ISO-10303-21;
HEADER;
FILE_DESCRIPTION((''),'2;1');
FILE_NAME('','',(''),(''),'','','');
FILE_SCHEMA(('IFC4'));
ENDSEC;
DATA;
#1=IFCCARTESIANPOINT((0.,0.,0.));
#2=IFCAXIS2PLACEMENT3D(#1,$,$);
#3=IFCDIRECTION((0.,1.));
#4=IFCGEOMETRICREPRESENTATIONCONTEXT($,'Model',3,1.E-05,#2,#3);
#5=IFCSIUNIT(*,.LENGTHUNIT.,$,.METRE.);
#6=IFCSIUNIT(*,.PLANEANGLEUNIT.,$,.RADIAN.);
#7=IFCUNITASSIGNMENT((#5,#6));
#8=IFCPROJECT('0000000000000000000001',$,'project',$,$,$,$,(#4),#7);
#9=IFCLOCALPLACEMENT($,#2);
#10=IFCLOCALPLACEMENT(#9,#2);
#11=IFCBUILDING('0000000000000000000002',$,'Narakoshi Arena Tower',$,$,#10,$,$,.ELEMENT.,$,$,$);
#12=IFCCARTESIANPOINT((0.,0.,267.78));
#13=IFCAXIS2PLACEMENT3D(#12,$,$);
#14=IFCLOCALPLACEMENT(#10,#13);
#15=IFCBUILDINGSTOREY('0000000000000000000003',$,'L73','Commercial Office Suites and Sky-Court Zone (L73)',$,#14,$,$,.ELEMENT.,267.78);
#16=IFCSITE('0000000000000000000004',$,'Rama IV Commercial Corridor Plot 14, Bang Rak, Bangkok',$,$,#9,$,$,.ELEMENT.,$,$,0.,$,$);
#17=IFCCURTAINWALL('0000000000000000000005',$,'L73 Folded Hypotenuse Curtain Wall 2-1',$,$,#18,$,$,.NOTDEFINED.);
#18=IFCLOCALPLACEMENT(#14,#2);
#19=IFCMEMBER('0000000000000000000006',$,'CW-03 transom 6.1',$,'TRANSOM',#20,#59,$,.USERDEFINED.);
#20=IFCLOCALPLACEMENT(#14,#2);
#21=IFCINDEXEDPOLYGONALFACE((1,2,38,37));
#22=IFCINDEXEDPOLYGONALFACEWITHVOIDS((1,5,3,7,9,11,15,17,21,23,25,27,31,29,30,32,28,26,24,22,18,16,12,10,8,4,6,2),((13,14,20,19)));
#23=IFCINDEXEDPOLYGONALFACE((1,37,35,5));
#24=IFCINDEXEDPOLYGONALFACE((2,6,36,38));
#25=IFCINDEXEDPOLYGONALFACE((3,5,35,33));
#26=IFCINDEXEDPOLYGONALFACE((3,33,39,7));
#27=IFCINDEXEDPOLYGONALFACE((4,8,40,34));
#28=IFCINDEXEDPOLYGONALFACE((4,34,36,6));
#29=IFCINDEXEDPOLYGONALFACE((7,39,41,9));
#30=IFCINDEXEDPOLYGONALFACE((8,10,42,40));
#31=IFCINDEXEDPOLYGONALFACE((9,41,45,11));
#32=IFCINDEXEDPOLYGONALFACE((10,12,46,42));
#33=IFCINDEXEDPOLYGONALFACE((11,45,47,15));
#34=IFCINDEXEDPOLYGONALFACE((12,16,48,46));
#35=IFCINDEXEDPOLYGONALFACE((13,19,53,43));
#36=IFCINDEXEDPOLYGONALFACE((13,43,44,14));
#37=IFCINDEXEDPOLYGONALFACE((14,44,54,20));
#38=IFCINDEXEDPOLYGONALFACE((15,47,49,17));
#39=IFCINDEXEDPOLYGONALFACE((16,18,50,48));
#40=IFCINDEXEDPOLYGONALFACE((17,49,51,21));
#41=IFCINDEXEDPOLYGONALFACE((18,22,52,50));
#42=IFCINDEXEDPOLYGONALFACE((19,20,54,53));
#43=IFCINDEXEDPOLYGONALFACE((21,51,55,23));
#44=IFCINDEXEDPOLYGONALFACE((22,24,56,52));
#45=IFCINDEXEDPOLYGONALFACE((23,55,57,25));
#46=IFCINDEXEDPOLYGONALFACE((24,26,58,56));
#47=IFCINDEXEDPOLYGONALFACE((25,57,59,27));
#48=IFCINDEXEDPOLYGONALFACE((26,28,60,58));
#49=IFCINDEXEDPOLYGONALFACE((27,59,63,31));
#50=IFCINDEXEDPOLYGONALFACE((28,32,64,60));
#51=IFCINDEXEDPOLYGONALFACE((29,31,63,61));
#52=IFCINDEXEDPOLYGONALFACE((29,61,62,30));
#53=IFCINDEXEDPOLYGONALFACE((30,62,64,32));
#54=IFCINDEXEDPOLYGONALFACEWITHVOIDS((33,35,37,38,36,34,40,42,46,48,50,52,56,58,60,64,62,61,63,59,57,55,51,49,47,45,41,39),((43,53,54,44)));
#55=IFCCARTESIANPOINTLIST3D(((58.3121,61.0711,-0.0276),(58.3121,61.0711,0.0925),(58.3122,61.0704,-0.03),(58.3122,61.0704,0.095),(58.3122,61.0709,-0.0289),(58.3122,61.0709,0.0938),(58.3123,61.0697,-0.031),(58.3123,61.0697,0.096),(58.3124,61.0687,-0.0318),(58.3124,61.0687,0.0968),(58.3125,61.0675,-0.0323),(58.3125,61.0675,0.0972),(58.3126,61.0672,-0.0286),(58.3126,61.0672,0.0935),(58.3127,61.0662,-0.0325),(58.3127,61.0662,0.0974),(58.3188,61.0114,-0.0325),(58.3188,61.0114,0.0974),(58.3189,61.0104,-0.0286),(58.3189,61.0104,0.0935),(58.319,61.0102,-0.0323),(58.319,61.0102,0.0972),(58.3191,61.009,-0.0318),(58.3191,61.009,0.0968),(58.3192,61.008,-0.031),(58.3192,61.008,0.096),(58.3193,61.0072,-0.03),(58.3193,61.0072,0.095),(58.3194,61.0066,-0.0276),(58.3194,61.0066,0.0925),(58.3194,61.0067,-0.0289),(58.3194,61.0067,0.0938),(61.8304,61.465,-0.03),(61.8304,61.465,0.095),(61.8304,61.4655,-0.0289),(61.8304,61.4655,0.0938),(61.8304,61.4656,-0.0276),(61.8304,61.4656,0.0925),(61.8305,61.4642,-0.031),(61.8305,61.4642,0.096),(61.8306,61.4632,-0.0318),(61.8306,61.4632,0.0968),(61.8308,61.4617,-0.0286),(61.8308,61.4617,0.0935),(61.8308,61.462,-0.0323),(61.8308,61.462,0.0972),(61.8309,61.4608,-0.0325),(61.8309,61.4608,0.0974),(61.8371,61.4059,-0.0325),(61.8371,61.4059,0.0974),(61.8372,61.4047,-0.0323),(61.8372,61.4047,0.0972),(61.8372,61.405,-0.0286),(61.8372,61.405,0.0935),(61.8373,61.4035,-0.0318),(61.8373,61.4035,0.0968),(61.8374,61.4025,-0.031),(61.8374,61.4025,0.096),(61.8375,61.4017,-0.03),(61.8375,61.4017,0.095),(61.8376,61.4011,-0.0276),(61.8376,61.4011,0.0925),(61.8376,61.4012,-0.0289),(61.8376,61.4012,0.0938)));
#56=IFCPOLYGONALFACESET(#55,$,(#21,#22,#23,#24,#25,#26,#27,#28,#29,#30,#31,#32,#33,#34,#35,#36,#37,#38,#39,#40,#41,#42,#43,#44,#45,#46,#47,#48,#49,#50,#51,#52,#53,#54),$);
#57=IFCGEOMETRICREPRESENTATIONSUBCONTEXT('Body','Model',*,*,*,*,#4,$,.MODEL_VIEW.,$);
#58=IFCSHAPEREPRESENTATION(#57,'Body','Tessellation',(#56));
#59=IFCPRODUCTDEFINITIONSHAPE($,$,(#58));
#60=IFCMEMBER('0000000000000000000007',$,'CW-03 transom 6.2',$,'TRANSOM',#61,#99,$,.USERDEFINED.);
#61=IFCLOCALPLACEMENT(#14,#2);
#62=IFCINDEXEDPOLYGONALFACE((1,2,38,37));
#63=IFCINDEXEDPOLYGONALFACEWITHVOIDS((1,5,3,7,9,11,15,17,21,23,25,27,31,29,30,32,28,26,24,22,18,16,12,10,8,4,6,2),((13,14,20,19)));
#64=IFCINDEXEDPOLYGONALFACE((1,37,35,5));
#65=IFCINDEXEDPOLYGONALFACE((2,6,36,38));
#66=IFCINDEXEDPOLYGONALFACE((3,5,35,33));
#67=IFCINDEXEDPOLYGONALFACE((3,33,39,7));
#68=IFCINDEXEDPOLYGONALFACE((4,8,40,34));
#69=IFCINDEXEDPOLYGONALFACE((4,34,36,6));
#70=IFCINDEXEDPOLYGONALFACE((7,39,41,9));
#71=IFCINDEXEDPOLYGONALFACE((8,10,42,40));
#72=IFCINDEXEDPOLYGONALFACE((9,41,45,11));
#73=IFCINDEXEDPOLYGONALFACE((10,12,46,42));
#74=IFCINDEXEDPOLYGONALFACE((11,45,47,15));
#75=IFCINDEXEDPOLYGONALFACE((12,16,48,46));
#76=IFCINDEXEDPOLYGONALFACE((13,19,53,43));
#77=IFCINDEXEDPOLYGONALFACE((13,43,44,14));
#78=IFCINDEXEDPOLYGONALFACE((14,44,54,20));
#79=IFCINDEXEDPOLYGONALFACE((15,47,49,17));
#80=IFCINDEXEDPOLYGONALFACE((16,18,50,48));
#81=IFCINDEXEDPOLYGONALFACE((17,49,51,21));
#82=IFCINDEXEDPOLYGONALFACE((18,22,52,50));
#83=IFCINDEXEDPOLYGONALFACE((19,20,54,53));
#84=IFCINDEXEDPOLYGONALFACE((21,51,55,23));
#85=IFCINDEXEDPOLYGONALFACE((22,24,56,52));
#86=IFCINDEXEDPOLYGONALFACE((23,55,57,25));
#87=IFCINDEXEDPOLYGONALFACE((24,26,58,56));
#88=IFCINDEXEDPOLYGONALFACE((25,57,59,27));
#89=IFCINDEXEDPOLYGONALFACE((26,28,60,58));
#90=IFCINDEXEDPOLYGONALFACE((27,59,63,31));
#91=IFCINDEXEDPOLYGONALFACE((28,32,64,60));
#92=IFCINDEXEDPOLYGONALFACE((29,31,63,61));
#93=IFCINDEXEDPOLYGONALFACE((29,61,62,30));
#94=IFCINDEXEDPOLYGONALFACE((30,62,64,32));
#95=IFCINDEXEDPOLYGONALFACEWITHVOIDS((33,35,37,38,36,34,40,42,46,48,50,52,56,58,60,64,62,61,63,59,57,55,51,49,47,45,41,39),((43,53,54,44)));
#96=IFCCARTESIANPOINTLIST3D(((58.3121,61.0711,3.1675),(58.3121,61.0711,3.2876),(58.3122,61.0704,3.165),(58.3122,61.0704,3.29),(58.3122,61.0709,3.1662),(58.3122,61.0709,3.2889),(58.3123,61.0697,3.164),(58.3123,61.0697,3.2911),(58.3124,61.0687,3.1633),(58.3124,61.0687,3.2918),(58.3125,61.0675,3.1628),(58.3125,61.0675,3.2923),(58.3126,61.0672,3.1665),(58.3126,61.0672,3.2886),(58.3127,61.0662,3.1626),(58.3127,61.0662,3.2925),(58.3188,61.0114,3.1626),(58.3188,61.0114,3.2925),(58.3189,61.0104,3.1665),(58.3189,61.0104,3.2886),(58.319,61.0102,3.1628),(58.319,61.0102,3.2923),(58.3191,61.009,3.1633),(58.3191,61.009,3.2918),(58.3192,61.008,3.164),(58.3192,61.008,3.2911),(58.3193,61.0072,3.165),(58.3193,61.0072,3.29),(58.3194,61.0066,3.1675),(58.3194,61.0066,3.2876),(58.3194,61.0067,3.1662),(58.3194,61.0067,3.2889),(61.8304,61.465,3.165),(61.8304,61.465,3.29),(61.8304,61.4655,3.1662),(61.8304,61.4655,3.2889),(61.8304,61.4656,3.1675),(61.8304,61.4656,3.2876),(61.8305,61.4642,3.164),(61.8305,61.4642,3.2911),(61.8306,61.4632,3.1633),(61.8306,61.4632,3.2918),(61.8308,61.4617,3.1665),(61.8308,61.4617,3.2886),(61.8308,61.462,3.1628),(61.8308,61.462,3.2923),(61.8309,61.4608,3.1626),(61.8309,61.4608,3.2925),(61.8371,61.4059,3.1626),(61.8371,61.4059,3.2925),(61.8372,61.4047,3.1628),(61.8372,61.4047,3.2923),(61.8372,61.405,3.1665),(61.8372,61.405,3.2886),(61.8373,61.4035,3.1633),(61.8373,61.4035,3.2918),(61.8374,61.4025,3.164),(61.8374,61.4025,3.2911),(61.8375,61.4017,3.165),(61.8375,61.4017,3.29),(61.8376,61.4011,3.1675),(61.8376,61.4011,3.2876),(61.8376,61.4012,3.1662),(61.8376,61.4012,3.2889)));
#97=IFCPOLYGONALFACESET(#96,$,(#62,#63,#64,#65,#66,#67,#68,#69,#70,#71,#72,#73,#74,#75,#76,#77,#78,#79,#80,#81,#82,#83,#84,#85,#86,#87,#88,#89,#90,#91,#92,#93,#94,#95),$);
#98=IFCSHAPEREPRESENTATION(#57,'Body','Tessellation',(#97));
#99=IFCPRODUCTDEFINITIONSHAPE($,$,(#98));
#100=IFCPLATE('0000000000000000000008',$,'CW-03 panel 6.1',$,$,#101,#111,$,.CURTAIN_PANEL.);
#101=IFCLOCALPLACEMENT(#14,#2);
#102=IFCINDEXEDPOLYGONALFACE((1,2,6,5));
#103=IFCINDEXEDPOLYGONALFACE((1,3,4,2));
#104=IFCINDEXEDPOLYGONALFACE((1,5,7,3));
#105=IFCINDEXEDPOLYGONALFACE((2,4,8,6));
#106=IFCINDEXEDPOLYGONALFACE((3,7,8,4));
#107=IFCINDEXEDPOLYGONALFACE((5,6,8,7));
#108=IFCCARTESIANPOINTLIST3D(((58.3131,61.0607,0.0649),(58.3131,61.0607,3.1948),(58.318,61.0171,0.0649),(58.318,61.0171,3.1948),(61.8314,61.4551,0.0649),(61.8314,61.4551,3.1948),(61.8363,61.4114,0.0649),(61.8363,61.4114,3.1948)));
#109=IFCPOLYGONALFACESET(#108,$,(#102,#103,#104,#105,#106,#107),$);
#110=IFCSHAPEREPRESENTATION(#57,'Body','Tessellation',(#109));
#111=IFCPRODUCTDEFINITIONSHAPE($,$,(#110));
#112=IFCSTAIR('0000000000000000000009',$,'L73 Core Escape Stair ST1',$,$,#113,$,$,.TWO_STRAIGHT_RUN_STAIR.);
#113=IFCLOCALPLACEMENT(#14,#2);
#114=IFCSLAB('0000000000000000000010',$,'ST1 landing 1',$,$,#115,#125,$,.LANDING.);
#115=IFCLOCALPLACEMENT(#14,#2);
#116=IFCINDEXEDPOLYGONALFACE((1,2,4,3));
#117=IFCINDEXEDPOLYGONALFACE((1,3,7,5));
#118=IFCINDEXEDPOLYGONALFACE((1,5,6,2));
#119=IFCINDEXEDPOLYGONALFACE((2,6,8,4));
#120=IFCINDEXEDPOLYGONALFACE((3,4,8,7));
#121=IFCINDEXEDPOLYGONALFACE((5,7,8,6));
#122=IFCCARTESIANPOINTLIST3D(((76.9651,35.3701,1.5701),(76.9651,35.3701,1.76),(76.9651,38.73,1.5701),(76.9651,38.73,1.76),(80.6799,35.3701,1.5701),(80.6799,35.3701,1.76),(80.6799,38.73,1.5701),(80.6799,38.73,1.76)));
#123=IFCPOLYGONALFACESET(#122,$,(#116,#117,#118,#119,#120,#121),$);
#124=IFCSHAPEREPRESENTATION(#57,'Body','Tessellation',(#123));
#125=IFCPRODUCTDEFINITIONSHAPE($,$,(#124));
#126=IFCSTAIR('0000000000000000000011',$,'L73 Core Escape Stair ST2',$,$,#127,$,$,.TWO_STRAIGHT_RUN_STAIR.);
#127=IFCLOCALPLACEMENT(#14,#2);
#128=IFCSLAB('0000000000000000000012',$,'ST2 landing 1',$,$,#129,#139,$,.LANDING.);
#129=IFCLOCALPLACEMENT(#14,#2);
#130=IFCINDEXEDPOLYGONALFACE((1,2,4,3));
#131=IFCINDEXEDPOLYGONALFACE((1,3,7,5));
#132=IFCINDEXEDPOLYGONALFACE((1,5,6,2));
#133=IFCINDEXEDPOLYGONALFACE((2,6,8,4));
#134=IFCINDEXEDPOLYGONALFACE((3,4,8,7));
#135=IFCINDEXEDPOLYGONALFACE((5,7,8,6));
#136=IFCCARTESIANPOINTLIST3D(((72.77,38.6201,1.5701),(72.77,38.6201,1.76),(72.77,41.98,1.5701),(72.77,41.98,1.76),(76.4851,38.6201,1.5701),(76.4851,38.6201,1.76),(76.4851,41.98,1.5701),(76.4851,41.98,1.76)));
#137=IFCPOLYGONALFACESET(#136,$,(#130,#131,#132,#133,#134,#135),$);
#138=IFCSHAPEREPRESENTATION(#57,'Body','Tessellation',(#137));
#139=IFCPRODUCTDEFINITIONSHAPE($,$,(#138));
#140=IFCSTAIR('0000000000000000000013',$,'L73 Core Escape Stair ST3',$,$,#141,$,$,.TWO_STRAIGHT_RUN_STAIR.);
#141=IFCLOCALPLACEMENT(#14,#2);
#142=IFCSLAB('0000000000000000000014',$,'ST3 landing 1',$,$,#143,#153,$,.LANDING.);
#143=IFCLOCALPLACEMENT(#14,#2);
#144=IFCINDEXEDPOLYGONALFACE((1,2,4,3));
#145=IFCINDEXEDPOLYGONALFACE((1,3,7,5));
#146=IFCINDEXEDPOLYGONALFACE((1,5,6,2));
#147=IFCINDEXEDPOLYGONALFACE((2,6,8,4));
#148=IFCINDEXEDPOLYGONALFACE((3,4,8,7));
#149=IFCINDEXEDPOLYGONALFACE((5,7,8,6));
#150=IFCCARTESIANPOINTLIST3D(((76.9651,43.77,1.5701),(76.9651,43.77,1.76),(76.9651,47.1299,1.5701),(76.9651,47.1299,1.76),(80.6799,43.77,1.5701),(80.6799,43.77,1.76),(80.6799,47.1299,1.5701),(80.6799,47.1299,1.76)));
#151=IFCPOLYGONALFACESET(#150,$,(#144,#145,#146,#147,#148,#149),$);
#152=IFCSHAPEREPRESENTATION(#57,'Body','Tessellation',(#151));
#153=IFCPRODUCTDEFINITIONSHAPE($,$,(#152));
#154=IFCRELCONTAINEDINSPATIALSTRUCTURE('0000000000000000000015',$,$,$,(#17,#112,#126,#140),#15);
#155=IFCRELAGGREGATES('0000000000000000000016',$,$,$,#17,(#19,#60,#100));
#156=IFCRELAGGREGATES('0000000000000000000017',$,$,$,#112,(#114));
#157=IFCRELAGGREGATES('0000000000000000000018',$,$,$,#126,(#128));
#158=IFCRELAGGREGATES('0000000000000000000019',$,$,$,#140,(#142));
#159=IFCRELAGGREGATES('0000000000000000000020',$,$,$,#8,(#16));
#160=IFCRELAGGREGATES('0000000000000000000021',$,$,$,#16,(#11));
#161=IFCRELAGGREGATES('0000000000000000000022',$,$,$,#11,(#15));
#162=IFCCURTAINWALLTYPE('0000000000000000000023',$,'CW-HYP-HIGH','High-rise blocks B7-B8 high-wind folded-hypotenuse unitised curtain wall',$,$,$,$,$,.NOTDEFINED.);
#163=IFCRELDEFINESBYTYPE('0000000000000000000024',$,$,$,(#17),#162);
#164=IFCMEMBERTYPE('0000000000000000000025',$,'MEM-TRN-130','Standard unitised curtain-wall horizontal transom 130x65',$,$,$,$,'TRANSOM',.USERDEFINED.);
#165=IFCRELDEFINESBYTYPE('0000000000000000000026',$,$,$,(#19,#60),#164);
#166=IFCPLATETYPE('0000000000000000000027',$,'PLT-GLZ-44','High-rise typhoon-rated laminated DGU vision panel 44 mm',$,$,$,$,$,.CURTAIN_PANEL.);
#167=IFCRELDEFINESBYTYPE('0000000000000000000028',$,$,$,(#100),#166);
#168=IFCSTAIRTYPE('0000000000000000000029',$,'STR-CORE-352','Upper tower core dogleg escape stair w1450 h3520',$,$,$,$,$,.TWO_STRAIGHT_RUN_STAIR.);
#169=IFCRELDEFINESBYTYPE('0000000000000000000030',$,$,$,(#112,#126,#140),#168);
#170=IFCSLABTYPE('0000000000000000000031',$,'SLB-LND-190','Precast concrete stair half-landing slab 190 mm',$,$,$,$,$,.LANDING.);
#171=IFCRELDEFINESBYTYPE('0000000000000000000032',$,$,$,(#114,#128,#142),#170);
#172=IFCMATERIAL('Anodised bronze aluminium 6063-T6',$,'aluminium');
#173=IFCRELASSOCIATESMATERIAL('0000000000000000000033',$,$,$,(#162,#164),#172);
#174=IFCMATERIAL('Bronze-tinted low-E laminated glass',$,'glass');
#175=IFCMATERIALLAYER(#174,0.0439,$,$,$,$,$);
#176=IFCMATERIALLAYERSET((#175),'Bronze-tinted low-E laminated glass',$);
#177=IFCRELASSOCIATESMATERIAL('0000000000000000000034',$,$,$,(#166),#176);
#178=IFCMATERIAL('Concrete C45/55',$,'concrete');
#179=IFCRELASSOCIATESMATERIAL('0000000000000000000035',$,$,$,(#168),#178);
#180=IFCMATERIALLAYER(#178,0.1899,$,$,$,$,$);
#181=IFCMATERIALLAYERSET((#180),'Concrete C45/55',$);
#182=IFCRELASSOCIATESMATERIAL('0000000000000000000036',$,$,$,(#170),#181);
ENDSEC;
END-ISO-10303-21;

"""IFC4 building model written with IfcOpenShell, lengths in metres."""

from ifc_helpers import new_model, si_unit, direction, frame, origin, origin_2d, place, context, subcontext, project, spatial, polyline, rectangle, hollow_rectangle, outline, extrude, material, layer, layer_set, material_profile, profile_set, type_object, element, aggregate, save


model = new_model("IFC4")

# Units and contexts
model_context = context("Model", 3, precision=1e-05, world=origin(), true_north=direction((0.0, 1.0)))
body_context = subcontext(model_context, "Body", "Model", "MODEL_VIEW")
ifc_project = project(units=[si_unit("LENGTHUNIT", "METRE"), si_unit("PLANEANGLEUNIT", "RADIAN")], contexts=[model_context])

# Site, building, storey
site_placement = place(None, origin())
site = spatial("IfcSite", under=ifc_project, at=site_placement, Name="Rama IV Commercial Corridor Plot 14, Bang Rak, Bangkok", CompositionType="ELEMENT", RefElevation=0.0)
building_placement = place(site_placement, origin())
building = spatial("IfcBuilding", under=site, at=building_placement, Name="Narakoshi Arena Tower", CompositionType="ELEMENT")
storey_placement = place(building_placement, frame((0.0, 0.0, 267.78)))
storey = spatial("IfcBuildingStorey", under=building, at=storey_placement, Name="L73", Description="Commercial Office Suites and Sky-Court Zone (L73)", CompositionType="ELEMENT", Elevation=267.78)

# Curtain wall, members, plate
ifc_material_1 = material(Name="Anodised bronze aluminium 6063-T6", Category="aluminium")
curtain_wall_type = type_object("IfcCurtainWallType", Name="CW-HYP-HIGH", Description="High-rise blocks B7-B8 high-wind folded-hypotenuse unitised curtain wall", PredefinedType="NOTDEFINED", material=ifc_material_1)
curtain_wall_placement = place(storey_placement, origin())
curtain_wall = element("IfcCurtainWall", 1, at=curtain_wall_placement, inside=storey, type_object=curtain_wall_type, Name="L73 Folded Hypotenuse Curtain Wall 2-1", PredefinedType="NOTDEFINED")
ifc_material_profile_1 = material_profile(ifc_material_1, hollow_rectangle(XDim=0.0649, YDim=0.1299, WallThickness=0.0039, OuterFilletRadius=0.0049, at=origin_2d()), Name="TRN130x65x4")
ifc_profile_set_1 = profile_set([ifc_material_profile_1], Name="Anodised bronze aluminium 6063-T6")
member_type_1 = type_object("IfcMemberType", Name="MEM-TRN-130", Description="Standard unitised curtain-wall horizontal transom 130x65", ElementType="TRANSOM", PredefinedType="USERDEFINED", material=ifc_profile_set_1)
member_1_placement = place(storey_placement, frame((61.834, 61.4333, 0.0325), z_axis=(-0.993771, -0.111438, 0.0), x_axis=(0.111438, -0.993771, 0.0)))
member_1 = element("IfcMember", 2, at=member_1_placement, type_object=member_type_1, Name="CW-03 transom 6.1", ObjectType="TRANSOM", PredefinedType="USERDEFINED", context=body_context, shape_type="SweptSolid", body=[
    extrude(hollow_rectangle(XDim=0.0649, YDim=0.1299, WallThickness=0.0039, OuterFilletRadius=0.0049, at=origin_2d()), origin(), (0.0, 0.0, 1.0), 3.5403),
])
member_2_placement = place(storey_placement, frame((61.834, 61.4333, 3.2275), z_axis=(-0.993771, -0.111438, 0.0), x_axis=(0.111438, -0.993771, 0.0)))
member_2 = element("IfcMember", 3, at=member_2_placement, type_object=member_type_1, Name="CW-03 transom 6.2", ObjectType="TRANSOM", PredefinedType="USERDEFINED", context=body_context, shape_type="SweptSolid", body=[
    extrude(hollow_rectangle(XDim=0.0649, YDim=0.1299, WallThickness=0.0039, OuterFilletRadius=0.0049, at=origin_2d()), origin(), (0.0, 0.0, 1.0), 3.5403),
])
ifc_material_2 = material(Name="Bronze-tinted low-E laminated glass", Category="glass")
ifc_layer_1 = layer(ifc_material_2, 0.0439)
ifc_layer_set_1 = layer_set([ifc_layer_1], Name="Bronze-tinted low-E laminated glass")
plate_type = type_object("IfcPlateType", Name="PLT-GLZ-44", Description="High-rise typhoon-rated laminated DGU vision panel 44 mm", PredefinedType="CURTAIN_PANEL", material=ifc_layer_set_1)
plate_placement = place(storey_placement, frame((60.0747, 61.2361, 0.0649), z_axis=(0.0, 0.0, 1.0), x_axis=(-0.993776, -0.111396, 0.0)))
plate = element("IfcPlate", 4, at=plate_placement, type_object=plate_type, Name="CW-03 panel 6.1", PredefinedType="CURTAIN_PANEL", context=body_context, shape_type="SweptSolid", body=[
    extrude(rectangle(XDim=3.5403, YDim=0.0439, at=origin_2d()), origin(), (0.0, 0.0, 1.0), 3.1299),
])
aggregate(curtain_wall, [member_1, member_2, plate])

# Stairs, slabs
ifc_material_3 = material(Name="Concrete C45/55", Category="concrete")
stair_type = type_object("IfcStairType", Name="STR-CORE-352", Description="Upper tower core dogleg escape stair w1450 h3520", PredefinedType="TWO_STRAIGHT_RUN_STAIR", material=ifc_material_3)
stair_1_placement = place(storey_placement, origin())
stair_1 = element("IfcStair", 5, at=stair_1_placement, inside=storey, type_object=stair_type, Name="L73 Core Escape Stair ST1", PredefinedType="TWO_STRAIGHT_RUN_STAIR")
ifc_layer_2 = layer(ifc_material_3, 0.1899)
ifc_layer_set_2 = layer_set([ifc_layer_2], Name="Concrete C45/55")
slab_type_1 = type_object("IfcSlabType", Name="SLB-LND-190", Description="Precast concrete stair half-landing slab 190 mm", PredefinedType="LANDING", material=ifc_layer_set_2)
slab_1_placement = place(storey_placement, frame((0.0, 0.0, 1.5701)))
slab_1 = element("IfcSlab", 6, at=slab_1_placement, type_object=slab_type_1, Name="ST1 landing 1", PredefinedType="LANDING", context=body_context, shape_type="SweptSolid", body=[
    extrude(outline(polyline([(76.9651, 35.3701), (80.6799, 35.3701), (80.6799, 38.73), (76.9651, 38.73), (76.9651, 35.3701)])), origin(), (0.0, 0.0, 1.0), 0.1899),
])
aggregate(stair_1, [slab_1])
stair_2_placement = place(storey_placement, origin())
stair_2 = element("IfcStair", 7, at=stair_2_placement, inside=storey, type_object=stair_type, Name="L73 Core Escape Stair ST2", PredefinedType="TWO_STRAIGHT_RUN_STAIR")
slab_2_placement = place(storey_placement, frame((0.0, 0.0, 1.5701)))
slab_2 = element("IfcSlab", 8, at=slab_2_placement, type_object=slab_type_1, Name="ST2 landing 1", PredefinedType="LANDING", context=body_context, shape_type="SweptSolid", body=[
    extrude(outline(polyline([(72.77, 38.6201), (76.4851, 38.6201), (76.4851, 41.98), (72.77, 41.98), (72.77, 38.6201)])), origin(), (0.0, 0.0, 1.0), 0.1899),
])
aggregate(stair_2, [slab_2])
stair_3_placement = place(storey_placement, origin())
stair_3 = element("IfcStair", 9, at=stair_3_placement, inside=storey, type_object=stair_type, Name="L73 Core Escape Stair ST3", PredefinedType="TWO_STRAIGHT_RUN_STAIR")
slab_3_placement = place(storey_placement, frame((0.0, 0.0, 1.5701)))
slab_3 = element("IfcSlab", 10, at=slab_3_placement, type_object=slab_type_1, Name="ST3 landing 1", PredefinedType="LANDING", context=body_context, shape_type="SweptSolid", body=[
    extrude(outline(polyline([(76.9651, 43.77), (80.6799, 43.77), (80.6799, 47.1299), (76.9651, 47.1299), (76.9651, 43.77)])), origin(), (0.0, 0.0, 1.0), 0.1899),
])
aggregate(stair_3, [slab_3])

save(model, "model.ifc")
